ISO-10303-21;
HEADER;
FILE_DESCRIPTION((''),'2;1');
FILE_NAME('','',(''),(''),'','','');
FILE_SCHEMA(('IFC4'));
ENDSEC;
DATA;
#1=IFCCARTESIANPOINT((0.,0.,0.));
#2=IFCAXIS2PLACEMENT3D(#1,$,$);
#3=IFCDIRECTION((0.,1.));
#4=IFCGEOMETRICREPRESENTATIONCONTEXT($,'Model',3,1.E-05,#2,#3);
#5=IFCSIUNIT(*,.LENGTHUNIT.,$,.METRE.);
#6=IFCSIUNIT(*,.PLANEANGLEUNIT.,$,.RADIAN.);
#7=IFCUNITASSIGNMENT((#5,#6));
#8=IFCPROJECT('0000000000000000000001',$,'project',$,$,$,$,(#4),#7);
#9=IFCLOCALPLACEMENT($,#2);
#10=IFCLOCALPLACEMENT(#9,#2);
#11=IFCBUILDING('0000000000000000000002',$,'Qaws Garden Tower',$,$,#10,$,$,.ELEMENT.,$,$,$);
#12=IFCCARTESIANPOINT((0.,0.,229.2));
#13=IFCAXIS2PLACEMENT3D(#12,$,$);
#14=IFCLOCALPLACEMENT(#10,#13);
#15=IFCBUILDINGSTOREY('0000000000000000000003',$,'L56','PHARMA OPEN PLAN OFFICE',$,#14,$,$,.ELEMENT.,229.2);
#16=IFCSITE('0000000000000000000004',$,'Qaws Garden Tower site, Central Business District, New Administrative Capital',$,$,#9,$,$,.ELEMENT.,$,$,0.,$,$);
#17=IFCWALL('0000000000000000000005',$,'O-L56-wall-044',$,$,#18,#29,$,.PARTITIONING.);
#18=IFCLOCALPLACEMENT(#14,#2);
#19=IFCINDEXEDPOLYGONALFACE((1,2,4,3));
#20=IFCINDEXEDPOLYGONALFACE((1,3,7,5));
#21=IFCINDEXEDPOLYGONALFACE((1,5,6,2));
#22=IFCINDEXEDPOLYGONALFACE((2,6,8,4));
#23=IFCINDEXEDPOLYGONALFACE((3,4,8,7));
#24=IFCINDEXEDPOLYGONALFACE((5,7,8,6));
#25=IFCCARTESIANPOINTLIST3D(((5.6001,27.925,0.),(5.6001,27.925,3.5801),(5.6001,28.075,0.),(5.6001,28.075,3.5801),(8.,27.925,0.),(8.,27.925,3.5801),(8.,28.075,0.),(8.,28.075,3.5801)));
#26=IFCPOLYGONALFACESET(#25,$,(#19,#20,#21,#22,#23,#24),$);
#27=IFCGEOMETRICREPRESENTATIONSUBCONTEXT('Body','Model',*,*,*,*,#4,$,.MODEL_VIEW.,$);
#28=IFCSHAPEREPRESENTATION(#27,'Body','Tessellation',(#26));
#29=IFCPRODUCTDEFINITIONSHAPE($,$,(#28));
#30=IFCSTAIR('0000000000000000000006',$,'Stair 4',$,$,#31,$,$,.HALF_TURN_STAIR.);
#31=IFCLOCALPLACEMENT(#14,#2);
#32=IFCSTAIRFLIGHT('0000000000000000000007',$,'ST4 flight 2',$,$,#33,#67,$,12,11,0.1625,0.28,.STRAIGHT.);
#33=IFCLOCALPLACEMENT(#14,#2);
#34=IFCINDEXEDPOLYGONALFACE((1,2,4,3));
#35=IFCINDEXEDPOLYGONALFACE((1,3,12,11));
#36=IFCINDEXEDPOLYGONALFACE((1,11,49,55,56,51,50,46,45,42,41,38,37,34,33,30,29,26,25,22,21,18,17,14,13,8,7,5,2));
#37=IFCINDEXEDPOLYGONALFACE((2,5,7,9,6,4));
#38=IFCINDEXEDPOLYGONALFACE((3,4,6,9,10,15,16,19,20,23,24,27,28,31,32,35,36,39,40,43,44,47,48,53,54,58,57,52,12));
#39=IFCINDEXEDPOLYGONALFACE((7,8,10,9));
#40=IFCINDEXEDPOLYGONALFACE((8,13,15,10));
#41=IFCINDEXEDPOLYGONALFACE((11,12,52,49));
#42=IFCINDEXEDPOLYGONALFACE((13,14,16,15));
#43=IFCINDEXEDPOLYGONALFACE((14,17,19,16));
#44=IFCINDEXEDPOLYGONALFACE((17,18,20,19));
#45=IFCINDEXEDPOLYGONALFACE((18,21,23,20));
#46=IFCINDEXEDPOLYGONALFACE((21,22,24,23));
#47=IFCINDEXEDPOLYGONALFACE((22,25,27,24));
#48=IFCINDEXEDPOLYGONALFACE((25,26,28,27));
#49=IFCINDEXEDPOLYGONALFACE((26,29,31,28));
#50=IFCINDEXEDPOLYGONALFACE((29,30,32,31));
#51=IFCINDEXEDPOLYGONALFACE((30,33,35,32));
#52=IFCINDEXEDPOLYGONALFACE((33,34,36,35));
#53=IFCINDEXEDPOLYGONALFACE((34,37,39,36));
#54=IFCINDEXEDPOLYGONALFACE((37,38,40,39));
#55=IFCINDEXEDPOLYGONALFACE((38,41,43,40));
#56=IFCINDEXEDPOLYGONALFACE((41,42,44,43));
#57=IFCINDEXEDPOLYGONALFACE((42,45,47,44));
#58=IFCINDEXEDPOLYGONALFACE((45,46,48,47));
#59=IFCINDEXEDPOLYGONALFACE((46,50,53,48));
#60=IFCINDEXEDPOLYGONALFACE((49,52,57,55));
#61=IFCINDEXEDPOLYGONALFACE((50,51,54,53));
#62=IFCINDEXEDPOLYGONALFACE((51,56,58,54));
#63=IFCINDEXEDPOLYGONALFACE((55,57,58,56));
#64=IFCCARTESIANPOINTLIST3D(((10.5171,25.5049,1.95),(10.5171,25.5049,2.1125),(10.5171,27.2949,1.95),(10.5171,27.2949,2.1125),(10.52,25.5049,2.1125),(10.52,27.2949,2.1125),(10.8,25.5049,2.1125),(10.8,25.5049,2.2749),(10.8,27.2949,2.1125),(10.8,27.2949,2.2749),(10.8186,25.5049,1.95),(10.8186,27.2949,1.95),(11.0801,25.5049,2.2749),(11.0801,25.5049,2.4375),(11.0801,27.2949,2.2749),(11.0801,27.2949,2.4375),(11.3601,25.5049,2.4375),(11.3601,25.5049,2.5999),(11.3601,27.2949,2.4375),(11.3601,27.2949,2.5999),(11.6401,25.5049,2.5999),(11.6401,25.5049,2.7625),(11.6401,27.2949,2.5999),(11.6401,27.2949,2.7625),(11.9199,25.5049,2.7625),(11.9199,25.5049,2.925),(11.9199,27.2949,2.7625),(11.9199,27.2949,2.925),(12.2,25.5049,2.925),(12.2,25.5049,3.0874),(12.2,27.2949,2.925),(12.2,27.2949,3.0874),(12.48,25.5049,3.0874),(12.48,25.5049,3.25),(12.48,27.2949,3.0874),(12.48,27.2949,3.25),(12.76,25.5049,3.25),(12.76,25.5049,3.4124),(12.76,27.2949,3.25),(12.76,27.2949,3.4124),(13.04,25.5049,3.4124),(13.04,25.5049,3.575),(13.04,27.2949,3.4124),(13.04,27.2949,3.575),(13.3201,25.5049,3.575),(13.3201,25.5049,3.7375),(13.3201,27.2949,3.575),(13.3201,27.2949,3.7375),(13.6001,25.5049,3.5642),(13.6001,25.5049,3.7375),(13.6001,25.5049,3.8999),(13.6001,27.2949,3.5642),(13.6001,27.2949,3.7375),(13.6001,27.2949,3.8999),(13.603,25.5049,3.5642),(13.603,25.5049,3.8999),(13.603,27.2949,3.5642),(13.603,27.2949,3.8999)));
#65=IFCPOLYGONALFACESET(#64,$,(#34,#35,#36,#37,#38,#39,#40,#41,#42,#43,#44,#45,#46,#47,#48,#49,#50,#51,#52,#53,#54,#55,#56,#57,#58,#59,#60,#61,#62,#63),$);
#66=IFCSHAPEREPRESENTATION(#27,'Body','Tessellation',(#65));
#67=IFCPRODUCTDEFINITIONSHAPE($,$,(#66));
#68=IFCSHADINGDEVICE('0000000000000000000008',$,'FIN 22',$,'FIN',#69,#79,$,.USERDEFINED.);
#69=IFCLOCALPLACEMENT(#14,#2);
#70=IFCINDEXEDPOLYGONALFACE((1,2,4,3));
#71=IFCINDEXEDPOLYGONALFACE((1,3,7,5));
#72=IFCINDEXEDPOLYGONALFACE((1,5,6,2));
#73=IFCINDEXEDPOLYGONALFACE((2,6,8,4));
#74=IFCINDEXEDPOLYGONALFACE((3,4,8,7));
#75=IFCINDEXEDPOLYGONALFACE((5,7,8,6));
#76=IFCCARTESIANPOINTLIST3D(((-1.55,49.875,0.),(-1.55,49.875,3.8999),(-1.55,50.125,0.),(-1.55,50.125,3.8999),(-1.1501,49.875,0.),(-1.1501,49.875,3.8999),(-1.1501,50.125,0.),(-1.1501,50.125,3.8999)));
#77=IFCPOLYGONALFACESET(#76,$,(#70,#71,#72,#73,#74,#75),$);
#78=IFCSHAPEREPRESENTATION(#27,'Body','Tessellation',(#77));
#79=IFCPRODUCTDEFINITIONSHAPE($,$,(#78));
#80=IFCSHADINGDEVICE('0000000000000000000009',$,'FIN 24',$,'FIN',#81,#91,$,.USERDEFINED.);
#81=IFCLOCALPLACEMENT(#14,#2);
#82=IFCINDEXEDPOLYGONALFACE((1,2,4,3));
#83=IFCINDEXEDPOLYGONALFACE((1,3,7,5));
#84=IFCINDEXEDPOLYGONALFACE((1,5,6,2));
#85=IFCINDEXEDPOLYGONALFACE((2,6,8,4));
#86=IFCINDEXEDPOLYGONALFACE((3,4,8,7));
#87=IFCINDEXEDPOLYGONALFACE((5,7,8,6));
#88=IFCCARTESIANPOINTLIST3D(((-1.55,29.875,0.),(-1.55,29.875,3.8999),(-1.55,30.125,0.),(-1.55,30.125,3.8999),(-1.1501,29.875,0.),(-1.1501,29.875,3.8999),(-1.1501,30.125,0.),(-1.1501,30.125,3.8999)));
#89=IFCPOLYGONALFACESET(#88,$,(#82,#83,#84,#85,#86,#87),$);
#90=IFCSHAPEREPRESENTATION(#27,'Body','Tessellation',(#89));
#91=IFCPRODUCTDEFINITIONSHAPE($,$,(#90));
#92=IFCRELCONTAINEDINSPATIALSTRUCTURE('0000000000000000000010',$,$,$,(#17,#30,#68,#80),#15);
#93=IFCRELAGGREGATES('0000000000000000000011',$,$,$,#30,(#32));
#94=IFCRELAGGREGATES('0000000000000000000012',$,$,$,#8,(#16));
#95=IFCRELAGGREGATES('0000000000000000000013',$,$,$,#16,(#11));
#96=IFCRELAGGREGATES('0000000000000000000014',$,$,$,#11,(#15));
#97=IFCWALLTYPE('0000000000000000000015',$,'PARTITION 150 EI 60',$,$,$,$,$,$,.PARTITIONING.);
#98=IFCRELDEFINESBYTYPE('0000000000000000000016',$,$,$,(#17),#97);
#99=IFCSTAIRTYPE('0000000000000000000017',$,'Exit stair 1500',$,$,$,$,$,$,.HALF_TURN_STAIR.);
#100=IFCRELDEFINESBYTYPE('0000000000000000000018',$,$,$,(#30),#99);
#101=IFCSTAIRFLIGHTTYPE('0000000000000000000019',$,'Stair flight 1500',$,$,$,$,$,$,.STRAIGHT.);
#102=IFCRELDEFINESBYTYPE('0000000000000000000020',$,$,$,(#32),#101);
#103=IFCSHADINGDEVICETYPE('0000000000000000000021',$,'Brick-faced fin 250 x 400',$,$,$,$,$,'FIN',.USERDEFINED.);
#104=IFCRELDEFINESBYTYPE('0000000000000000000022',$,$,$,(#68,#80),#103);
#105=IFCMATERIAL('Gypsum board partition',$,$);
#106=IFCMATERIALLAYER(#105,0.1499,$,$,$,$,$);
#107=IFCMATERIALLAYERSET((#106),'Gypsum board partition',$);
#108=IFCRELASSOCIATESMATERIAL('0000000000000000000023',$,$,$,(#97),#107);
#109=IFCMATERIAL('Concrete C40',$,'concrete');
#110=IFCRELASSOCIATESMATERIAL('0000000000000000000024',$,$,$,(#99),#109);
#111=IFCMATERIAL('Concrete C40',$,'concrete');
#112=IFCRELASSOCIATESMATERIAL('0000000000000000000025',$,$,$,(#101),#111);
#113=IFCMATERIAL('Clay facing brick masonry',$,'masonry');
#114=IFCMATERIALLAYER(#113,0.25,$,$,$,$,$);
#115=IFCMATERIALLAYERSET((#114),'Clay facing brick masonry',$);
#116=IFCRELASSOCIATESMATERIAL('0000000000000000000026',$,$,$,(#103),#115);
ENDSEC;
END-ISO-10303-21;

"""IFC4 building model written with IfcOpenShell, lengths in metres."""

from ifc_helpers import new_model, si_unit, direction, frame, frame_2d, origin, origin_2d, place, context, subcontext, project, spatial, polyline, rectangle, outline, extrude, material, layer, layer_set, type_object, element, aggregate, save


model = new_model("IFC4")

# Units and contexts
model_context = context("Model", 3, precision=1e-05, world=origin(), true_north=direction((0.0, 1.0)))
body_context = subcontext(model_context, "Body", "Model", "MODEL_VIEW")
ifc_project = project(units=[si_unit("LENGTHUNIT", "METRE"), si_unit("PLANEANGLEUNIT", "RADIAN")], contexts=[model_context])

# Site, building, storey
site_placement = place(None, origin())
site = spatial("IfcSite", under=ifc_project, at=site_placement, Name="Qaws Garden Tower site, Central Business District, New Administrative Capital", CompositionType="ELEMENT", RefElevation=0.0)
building_placement = place(site_placement, origin())
building = spatial("IfcBuilding", under=site, at=building_placement, Name="Qaws Garden Tower", CompositionType="ELEMENT")
storey_placement = place(building_placement, frame((0.0, 0.0, 229.2)))
storey = spatial("IfcBuildingStorey", under=building, at=storey_placement, Name="L56", Description="PHARMA OPEN PLAN OFFICE", CompositionType="ELEMENT", Elevation=229.2)

# Wall
ifc_material_1 = material(Name="Gypsum board partition")
ifc_layer_1 = layer(ifc_material_1, 0.1499)
ifc_layer_set_1 = layer_set([ifc_layer_1], Name="Gypsum board partition")
wall_type_1 = type_object("IfcWallType", Name="PARTITION 150 EI 60", PredefinedType="PARTITIONING", material=ifc_layer_set_1)
wall_1_placement = place(storey_placement, frame((5.6001, 28.0, 0.0), z_axis=(0.0, 0.0, 1.0), x_axis=(1.0, 0.0, 0.0)))
element("IfcWall", 1, at=wall_1_placement, inside=storey, type_object=wall_type_1, Name="O-L56-wall-044", PredefinedType="PARTITIONING", context=body_context, shape_type="SweptSolid", body=[
    extrude(rectangle(XDim=2.3999, YDim=0.1499, at=frame_2d((1.2, 0.0))), origin(), (0.0, 0.0, 1.0), 3.5801),
])

# Stair, stair flight
ifc_material_2 = material(Name="Concrete C40", Category="concrete")
stair_type = type_object("IfcStairType", Name="Exit stair 1500", PredefinedType="HALF_TURN_STAIR", material=ifc_material_2)
stair_placement = place(storey_placement, origin())
stair = element("IfcStair", 2, at=stair_placement, inside=storey, type_object=stair_type, Name="Stair 4", PredefinedType="HALF_TURN_STAIR")
ifc_material_3 = material(Name="Concrete C40", Category="concrete")
stair_flight_type = type_object("IfcStairFlightType", Name="Stair flight 1500", PredefinedType="STRAIGHT", material=ifc_material_3)
stair_flight_placement = place(storey_placement, frame((10.52, 26.3999, 1.95), z_axis=(0.0, 0.0, 1.0), x_axis=(1.0, 0.0, 0.0)))
stair_flight = element("IfcStairFlight", 3, at=stair_flight_placement, type_object=stair_flight_type, Name="ST4 flight 2", NumberOfRisers=12, NumberOfTreads=11, PredefinedType="STRAIGHT", RiserHeight=0.1625, TreadLength=0.28, context=body_context, shape_type="SweptSolid", body=[
    extrude(outline(polyline([(-0.0029, 0.0), (-0.0029, 0.1626), (0.0, 0.1626), (0.28, 0.1626), (0.28, 0.325), (0.5601, 0.325), (0.5601, 0.4875), (0.8401, 0.4875), (0.8401, 0.6499), (1.1201, 0.6499), (1.1201, 0.8125), (1.3999, 0.8125), (1.3999, 0.9751), (1.6799, 0.9751), (1.6799, 1.1375), (1.96, 1.1375), (1.96, 1.3), (2.24, 1.3), (2.24, 1.4624), (2.52, 1.4624), (2.52, 1.625), (2.8, 1.625), (2.8, 1.7876), (3.0801, 1.7876), (3.0801, 1.95), (3.083, 1.95), (3.083, 1.6143), (3.0801, 1.6143), (0.2986, 0.0), (-0.0029, 0.0)])), frame((0.0, 0.895, 0.0), z_axis=(0.0, -1.0, 0.0), x_axis=(1.0, 0.0, 0.0)), (0.0, 0.0, 1.0), 1.79),
])
aggregate(stair, [stair_flight])

# Shading devices
ifc_material_4 = material(Name="Clay facing brick masonry", Category="masonry")
ifc_layer_2 = layer(ifc_material_4, 0.25)
ifc_layer_set_2 = layer_set([ifc_layer_2], Name="Clay facing brick masonry")
shading_device_type = type_object("IfcShadingDeviceType", Name="Brick-faced fin 250 x 400", ElementType="FIN", PredefinedType="USERDEFINED", material=ifc_layer_set_2)
for number, where, z_axis, x_axis, name in (
    (4, (-1.3501, 50.0, 0.0), (0.0, 0.0, 1.0), (0.0, -1.0, 0.0), "FIN 22"),
    (5, (-1.3501, 30.0, 0.0), (0.0, 0.0, 1.0), (0.0, -1.0, 0.0), "FIN 24"),
):
    element("IfcShadingDevice", number, at=place(storey_placement, frame(where, z_axis=z_axis, x_axis=x_axis)), inside=storey, type_object=shading_device_type, Name=name, ObjectType="FIN", PredefinedType="USERDEFINED", context=body_context, shape_type="SweptSolid", body=[
        extrude(rectangle(XDim=0.25, YDim=0.3999, at=origin_2d()), origin(), (0.0, 0.0, 1.0), 3.8999),
    ])

save(model, "model.ifc")
